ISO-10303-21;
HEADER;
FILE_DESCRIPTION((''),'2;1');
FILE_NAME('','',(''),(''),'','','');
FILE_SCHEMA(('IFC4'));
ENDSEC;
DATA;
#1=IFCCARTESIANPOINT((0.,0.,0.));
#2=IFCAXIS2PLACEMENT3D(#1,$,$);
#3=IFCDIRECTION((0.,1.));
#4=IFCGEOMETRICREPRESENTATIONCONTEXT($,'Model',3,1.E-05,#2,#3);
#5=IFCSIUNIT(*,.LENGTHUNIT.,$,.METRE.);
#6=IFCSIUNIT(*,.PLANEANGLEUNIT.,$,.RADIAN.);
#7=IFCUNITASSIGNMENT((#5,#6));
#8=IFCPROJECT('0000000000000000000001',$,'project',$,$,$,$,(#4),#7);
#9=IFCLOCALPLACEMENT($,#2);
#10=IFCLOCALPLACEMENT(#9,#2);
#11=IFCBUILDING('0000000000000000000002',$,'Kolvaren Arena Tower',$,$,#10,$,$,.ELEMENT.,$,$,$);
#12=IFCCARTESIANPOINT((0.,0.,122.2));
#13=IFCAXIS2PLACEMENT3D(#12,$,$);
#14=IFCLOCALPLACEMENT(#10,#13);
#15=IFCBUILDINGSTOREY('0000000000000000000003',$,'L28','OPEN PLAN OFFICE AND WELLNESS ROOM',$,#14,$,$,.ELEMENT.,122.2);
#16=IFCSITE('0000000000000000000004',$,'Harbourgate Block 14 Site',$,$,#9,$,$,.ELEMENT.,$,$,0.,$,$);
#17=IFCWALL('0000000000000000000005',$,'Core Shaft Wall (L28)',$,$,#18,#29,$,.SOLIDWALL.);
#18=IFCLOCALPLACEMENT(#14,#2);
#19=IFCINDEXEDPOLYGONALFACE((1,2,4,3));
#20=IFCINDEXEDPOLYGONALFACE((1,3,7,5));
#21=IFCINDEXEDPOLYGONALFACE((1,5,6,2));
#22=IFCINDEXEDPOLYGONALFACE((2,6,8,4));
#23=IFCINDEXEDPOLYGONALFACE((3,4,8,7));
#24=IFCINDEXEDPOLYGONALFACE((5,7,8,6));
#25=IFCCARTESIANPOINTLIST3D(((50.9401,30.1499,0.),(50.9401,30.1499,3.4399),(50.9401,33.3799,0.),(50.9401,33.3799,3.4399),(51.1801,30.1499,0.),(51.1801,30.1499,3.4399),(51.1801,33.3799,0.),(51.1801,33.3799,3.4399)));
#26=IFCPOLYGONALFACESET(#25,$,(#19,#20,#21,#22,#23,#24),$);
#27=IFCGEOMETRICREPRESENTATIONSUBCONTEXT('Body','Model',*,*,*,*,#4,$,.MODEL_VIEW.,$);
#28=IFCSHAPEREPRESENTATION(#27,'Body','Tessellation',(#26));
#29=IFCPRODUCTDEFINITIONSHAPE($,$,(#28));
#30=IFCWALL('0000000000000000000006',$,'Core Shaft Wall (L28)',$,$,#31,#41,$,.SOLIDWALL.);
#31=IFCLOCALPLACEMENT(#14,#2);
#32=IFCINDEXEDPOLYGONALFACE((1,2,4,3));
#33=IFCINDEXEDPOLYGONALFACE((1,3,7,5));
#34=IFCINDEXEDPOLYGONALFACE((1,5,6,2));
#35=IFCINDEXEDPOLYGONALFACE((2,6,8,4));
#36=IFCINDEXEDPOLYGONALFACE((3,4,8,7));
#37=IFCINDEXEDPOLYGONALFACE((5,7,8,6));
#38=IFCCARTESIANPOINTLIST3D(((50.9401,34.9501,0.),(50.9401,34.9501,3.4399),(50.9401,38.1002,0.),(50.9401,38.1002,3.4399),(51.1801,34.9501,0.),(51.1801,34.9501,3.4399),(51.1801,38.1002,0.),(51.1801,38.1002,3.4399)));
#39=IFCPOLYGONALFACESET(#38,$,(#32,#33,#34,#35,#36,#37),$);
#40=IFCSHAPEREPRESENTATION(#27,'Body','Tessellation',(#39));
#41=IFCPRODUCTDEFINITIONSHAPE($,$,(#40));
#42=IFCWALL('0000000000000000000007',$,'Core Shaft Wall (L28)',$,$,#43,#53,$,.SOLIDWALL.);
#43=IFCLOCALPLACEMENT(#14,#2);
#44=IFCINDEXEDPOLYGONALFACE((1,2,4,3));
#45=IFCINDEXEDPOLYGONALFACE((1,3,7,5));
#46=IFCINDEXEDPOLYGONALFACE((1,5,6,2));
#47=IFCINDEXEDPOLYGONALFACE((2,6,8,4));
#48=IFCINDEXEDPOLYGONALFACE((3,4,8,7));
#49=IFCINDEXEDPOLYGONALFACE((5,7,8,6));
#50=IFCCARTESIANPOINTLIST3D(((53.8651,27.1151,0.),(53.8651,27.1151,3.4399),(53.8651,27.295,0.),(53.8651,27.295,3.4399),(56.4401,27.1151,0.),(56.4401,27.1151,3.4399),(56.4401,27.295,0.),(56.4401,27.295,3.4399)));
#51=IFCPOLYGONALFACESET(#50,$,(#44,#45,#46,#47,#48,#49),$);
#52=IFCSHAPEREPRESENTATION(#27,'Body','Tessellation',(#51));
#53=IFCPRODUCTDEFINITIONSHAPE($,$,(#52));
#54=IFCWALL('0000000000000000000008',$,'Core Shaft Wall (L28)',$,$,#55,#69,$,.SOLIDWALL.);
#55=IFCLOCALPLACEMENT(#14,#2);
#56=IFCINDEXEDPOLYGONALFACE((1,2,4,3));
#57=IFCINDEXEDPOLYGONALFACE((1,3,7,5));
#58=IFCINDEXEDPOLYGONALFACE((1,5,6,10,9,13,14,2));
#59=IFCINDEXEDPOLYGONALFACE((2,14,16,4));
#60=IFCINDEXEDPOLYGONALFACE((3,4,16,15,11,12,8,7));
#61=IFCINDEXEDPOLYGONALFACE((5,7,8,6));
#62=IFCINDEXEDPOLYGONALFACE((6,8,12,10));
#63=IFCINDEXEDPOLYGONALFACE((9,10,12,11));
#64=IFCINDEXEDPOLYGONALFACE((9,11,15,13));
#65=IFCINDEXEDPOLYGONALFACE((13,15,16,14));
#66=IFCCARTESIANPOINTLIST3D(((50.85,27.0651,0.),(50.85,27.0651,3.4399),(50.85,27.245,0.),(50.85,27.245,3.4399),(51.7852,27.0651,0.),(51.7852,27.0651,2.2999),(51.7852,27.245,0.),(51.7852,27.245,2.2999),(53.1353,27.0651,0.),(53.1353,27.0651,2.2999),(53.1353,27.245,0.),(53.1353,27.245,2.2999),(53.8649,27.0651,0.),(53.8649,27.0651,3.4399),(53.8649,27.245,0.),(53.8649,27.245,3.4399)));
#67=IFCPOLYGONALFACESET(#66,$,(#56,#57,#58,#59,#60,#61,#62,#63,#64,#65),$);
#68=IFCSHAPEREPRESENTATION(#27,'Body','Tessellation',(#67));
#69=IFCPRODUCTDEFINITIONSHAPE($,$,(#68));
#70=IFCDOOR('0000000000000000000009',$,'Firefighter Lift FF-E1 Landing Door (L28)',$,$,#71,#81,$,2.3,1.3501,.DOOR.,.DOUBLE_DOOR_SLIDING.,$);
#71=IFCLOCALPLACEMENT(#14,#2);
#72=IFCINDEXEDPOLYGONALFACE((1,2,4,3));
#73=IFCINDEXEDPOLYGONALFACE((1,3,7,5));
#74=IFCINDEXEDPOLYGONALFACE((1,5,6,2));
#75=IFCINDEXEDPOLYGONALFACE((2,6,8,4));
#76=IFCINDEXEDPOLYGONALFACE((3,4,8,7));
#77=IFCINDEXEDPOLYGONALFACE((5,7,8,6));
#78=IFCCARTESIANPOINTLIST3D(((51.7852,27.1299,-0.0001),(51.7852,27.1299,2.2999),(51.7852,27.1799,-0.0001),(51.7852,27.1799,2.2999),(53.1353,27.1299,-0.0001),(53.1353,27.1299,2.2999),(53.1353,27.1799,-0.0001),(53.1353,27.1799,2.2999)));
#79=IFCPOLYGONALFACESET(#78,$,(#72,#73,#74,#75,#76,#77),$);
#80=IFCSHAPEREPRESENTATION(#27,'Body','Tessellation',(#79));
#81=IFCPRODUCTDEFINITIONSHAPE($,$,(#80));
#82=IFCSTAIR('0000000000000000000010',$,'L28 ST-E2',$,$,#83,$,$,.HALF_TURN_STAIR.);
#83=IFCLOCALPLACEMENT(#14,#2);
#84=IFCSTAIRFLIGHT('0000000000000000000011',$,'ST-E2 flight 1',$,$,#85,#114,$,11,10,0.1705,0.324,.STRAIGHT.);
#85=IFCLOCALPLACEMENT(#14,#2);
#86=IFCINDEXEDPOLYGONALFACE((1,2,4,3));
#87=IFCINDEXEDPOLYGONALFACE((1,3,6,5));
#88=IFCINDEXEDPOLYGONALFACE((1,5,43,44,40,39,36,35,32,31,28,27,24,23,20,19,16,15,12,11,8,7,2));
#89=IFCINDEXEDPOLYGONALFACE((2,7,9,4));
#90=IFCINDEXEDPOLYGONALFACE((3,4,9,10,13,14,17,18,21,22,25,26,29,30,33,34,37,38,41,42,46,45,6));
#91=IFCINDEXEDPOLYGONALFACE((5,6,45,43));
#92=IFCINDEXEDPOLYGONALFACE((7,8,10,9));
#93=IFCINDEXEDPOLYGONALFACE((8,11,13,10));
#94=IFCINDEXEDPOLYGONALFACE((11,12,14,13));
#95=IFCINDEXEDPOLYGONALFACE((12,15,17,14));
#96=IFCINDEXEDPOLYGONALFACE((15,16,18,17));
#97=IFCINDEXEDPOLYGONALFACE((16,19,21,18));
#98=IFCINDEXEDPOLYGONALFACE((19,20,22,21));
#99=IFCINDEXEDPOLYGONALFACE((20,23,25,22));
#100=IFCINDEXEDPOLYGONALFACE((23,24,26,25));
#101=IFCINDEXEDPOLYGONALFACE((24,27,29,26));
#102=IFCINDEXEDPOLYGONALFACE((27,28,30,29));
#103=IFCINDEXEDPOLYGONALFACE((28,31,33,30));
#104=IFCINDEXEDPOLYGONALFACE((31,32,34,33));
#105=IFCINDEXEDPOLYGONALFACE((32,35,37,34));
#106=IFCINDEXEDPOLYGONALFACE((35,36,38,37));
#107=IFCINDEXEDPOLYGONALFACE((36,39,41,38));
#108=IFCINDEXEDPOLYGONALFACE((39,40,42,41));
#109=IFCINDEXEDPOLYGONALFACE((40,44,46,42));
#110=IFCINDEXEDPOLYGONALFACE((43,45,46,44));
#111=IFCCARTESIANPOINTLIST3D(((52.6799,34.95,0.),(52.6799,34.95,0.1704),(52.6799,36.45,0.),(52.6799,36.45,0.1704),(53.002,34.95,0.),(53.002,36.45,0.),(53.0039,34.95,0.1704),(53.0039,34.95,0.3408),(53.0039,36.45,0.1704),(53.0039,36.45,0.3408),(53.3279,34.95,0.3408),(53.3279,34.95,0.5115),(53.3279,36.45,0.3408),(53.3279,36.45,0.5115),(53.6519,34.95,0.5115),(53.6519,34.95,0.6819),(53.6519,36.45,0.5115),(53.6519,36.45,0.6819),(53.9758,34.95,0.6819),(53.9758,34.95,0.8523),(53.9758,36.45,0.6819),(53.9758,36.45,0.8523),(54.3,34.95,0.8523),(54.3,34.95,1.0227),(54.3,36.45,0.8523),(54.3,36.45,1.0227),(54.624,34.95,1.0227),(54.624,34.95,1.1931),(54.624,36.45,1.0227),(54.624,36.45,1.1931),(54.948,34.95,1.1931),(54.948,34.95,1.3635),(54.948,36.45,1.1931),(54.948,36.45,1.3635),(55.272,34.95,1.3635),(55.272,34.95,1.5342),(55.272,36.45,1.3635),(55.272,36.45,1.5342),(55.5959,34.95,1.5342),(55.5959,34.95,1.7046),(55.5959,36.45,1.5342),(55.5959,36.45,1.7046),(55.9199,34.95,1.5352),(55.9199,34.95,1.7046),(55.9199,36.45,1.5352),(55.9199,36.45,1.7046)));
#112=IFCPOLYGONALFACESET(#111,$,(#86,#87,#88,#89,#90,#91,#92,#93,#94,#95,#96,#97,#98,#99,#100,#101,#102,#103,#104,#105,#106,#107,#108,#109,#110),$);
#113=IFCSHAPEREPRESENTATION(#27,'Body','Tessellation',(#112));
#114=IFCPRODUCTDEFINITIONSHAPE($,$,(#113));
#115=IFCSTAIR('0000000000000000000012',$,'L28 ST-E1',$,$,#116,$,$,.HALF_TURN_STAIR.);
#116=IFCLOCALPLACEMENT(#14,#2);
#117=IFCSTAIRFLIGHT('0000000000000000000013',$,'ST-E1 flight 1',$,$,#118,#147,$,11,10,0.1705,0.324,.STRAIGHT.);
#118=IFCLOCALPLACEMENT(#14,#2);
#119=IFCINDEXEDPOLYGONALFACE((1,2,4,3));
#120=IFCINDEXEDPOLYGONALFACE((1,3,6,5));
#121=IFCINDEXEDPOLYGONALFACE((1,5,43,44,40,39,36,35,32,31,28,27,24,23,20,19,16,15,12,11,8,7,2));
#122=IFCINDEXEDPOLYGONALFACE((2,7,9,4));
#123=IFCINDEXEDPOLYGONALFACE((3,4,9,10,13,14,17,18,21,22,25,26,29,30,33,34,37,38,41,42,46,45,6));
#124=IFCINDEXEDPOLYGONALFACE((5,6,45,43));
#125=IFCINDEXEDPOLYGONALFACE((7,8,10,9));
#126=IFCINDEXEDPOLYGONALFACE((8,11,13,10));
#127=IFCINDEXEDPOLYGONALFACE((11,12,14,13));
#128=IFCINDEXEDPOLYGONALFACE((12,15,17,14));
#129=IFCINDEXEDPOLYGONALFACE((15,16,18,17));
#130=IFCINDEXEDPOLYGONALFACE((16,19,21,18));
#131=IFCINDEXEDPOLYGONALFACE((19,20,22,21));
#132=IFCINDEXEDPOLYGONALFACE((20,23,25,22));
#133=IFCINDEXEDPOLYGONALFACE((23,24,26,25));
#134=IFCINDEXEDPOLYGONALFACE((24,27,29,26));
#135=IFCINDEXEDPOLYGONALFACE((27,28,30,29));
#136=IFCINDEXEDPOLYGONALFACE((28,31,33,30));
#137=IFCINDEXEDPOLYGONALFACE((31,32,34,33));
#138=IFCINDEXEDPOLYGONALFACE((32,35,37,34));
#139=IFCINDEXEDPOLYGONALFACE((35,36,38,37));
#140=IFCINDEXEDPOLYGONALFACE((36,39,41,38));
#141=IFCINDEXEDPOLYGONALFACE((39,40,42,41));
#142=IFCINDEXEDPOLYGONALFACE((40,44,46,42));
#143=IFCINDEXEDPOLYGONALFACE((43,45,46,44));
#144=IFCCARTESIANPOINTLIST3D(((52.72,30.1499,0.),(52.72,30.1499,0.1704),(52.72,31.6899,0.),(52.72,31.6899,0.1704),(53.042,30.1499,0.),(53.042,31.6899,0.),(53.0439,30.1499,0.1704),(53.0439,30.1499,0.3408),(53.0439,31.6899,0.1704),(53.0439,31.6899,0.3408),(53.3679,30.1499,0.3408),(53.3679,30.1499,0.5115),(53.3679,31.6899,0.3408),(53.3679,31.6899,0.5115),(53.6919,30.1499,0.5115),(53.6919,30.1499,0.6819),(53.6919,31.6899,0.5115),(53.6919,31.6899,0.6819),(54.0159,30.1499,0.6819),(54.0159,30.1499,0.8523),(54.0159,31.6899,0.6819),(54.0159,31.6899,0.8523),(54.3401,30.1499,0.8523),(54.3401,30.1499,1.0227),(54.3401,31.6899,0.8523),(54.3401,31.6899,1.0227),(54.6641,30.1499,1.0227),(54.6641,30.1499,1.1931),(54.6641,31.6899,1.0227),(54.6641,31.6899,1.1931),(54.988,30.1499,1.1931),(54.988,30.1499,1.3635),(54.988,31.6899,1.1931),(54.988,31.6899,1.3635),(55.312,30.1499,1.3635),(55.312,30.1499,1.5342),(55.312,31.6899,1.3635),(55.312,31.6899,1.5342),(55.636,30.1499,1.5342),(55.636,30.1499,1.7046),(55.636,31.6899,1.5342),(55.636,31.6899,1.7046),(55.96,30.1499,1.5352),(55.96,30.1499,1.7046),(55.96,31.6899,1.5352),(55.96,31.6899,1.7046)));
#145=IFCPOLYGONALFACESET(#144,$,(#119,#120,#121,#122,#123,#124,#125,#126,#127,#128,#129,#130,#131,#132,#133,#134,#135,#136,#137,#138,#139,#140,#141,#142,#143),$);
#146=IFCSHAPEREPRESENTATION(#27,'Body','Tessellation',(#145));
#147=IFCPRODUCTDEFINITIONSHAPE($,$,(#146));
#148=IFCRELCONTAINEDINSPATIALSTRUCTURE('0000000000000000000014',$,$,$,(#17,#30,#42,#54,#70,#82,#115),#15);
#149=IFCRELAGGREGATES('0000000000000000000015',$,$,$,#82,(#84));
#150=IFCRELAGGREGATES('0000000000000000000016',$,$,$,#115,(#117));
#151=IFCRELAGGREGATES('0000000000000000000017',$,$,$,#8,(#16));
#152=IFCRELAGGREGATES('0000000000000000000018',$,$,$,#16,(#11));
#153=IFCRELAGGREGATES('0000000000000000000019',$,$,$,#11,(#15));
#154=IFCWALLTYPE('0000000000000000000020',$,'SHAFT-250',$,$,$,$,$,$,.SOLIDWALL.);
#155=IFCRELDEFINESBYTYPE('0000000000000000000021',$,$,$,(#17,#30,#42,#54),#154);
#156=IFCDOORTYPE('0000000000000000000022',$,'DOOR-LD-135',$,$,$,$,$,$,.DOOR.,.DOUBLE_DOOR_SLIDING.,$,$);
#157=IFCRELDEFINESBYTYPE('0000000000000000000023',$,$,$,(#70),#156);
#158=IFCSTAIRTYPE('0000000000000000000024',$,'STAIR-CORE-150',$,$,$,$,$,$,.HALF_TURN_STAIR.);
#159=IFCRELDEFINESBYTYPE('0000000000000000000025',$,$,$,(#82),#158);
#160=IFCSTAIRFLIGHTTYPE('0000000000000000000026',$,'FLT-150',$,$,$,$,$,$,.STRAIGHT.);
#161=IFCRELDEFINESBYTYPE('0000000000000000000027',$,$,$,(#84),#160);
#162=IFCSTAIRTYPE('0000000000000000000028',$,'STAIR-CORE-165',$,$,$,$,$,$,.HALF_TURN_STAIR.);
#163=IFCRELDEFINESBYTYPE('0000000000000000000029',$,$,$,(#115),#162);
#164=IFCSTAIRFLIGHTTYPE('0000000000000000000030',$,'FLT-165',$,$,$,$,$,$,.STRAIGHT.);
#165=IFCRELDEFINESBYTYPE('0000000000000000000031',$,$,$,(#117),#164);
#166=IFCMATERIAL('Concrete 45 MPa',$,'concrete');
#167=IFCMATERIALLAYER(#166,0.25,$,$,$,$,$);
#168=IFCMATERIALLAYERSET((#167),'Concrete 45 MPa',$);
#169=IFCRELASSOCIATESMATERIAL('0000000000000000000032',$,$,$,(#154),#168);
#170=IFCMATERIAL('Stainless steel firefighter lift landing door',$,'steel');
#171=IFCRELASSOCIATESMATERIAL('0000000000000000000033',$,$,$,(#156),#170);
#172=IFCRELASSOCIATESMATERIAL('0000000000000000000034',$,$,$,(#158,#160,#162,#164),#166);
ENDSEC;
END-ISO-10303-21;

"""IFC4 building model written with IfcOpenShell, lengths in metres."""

from ifc_helpers import new_model, si_unit, direction, frame, frame_2d, origin, place, context, subcontext, project, spatial, polyline, rectangle, outline, extrude, material, layer, layer_set, type_object, element, fill, aggregate, save


model = new_model("IFC4")

# Units and contexts
model_context = context("Model", 3, precision=1e-05, world=origin(), true_north=direction((0.0, 1.0)))
body_context = subcontext(model_context, "Body", "Model", "MODEL_VIEW")
ifc_project = project(units=[si_unit("LENGTHUNIT", "METRE"), si_unit("PLANEANGLEUNIT", "RADIAN")], contexts=[model_context])

# Site, building, storey
site_placement = place(None, origin())
site = spatial("IfcSite", under=ifc_project, at=site_placement, Name="Harbourgate Block 14 Site", CompositionType="ELEMENT", RefElevation=0.0)
building_placement = place(site_placement, origin())
building = spatial("IfcBuilding", under=site, at=building_placement, Name="Kolvaren Arena Tower", CompositionType="ELEMENT")
storey_placement = place(building_placement, frame((0.0, 0.0, 122.2)))
storey = spatial("IfcBuildingStorey", under=building, at=storey_placement, Name="L28", Description="OPEN PLAN OFFICE AND WELLNESS ROOM", CompositionType="ELEMENT", Elevation=122.2)

# Walls
ifc_material_1 = material(Name="Concrete 45 MPa", Category="concrete")
ifc_layer_1 = layer(ifc_material_1, 0.25)
ifc_layer_set_1 = layer_set([ifc_layer_1], Name="Concrete 45 MPa")
wall_type_1 = type_object("IfcWallType", Name="SHAFT-250", PredefinedType="SOLIDWALL", material=ifc_layer_set_1)
wall_1_placement = place(storey_placement, frame((51.0601, 30.1499, 0.0), z_axis=(0.0, 0.0, 1.0), x_axis=(0.0, 1.0, 0.0)))
element("IfcWall", 1, at=wall_1_placement, inside=storey, type_object=wall_type_1, Name="Core Shaft Wall (L28)", PredefinedType="SOLIDWALL", context=body_context, shape_type="SweptSolid", body=[
    extrude(rectangle(XDim=3.23, YDim=0.24, at=frame_2d((1.615, 0.0))), origin(), (0.0, 0.0, 1.0), 3.4399),
])
wall_2_placement = place(storey_placement, frame((51.0601, 34.95, 0.0), z_axis=(0.0, 0.0, 1.0), x_axis=(0.0, 1.0, 0.0)))
element("IfcWall", 2, at=wall_2_placement, inside=storey, type_object=wall_type_1, Name="Core Shaft Wall (L28)", PredefinedType="SOLIDWALL", context=body_context, shape_type="SweptSolid", body=[
    extrude(rectangle(XDim=3.1501, YDim=0.24, at=frame_2d((1.5752, 0.0))), origin(), (0.0, 0.0, 1.0), 3.4399),
])
wall_3_placement = place(storey_placement, frame((53.865, 27.2051, 0.0), z_axis=(0.0, 0.0, 1.0), x_axis=(1.0, 0.0, 0.0)))
element("IfcWall", 3, at=wall_3_placement, inside=storey, type_object=wall_type_1, Name="Core Shaft Wall (L28)", PredefinedType="SOLIDWALL", context=body_context, shape_type="SweptSolid", body=[
    extrude(rectangle(XDim=2.575, YDim=0.1799, at=frame_2d((1.2876, 0.0))), origin(), (0.0, 0.0, 1.0), 3.4399),
])

# Wall, opening, door
wall_4_placement = place(storey_placement, frame((50.8501, 27.155, 0.0), z_axis=(0.0, 0.0, 1.0), x_axis=(1.0, 0.0, 0.0)))
wall_4 = element("IfcWall", 4, at=wall_4_placement, inside=storey, type_object=wall_type_1, Name="Core Shaft Wall (L28)", PredefinedType="SOLIDWALL", context=body_context, shape_type="SweptSolid", body=[
    extrude(rectangle(XDim=3.0149, YDim=0.1799, at=frame_2d((1.5073, 0.0))), origin(), (0.0, 0.0, 1.0), 3.4399),
])
opening_placement = place(wall_4_placement, frame((0.9351, 0.0, 0.0)))
opening = element("IfcOpeningElement", 5, at=opening_placement, cuts=wall_4, PredefinedType="OPENING", context=body_context, shape_type="SweptSolid", body=[
    extrude(rectangle(XDim=1.3501, YDim=2.3, at=frame_2d((0.675, 1.1499))), frame((0.0, 0.0999, 0.0), z_axis=(0.0, -1.0, 0.0), x_axis=(1.0, 0.0, 0.0)), (0.0, 0.0, 1.0), 0.2),
])
ifc_material_2 = material(Name="Stainless steel firefighter lift landing door", Category="steel")
door_type = type_object("IfcDoorType", Name="DOOR-LD-135", OperationType="DOUBLE_DOOR_SLIDING", PredefinedType="DOOR", material=ifc_material_2)
door_placement = place(opening_placement, origin())
door = element("IfcDoor", 6, at=door_placement, inside=storey, type_object=door_type, Name="Firefighter Lift FF-E1 Landing Door (L28)", OperationType="DOUBLE_DOOR_SLIDING", OverallHeight=2.3, OverallWidth=1.3501, PredefinedType="DOOR", context=body_context, shape_type="SweptSolid", body=[
    extrude(rectangle(XDim=1.3501, YDim=2.3, at=frame_2d((0.675, 1.1499))), frame((0.0, 0.0249, 0.0), z_axis=(0.0, -1.0, 0.0), x_axis=(1.0, 0.0, 0.0)), (0.0, 0.0, 1.0), 0.05),
])
fill(opening, door)

# Stairs, stair flights
stair_type_1 = type_object("IfcStairType", Name="STAIR-CORE-150", PredefinedType="HALF_TURN_STAIR", material=ifc_material_1)
stair_1_placement = place(storey_placement, origin())
stair_1 = element("IfcStair", 7, at=stair_1_placement, inside=storey, type_object=stair_type_1, Name="L28 ST-E2", PredefinedType="HALF_TURN_STAIR")
stair_flight_type_1 = type_object("IfcStairFlightType", Name="FLT-150", PredefinedType="STRAIGHT", material=ifc_material_1)
stair_flight_1_placement = place(storey_placement, frame((52.6799, 35.7, 0.0), z_axis=(0.0, 0.0, 1.0), x_axis=(1.0, 0.0, 0.0)))
stair_flight_1 = element("IfcStairFlight", 8, at=stair_flight_1_placement, type_object=stair_flight_type_1, Name="ST-E2 flight 1", NumberOfRisers=11, NumberOfTreads=10, PredefinedType="STRAIGHT", RiserHeight=0.1705, TreadLength=0.324, context=body_context, shape_type="SweptSolid", body=[
    extrude(outline(polyline([(0.0, 0.0), (0.0, 0.1704), (0.324, 0.1704), (0.324, 0.3408), (0.6479, 0.3408), (0.6479, 0.5115), (0.9719, 0.5115), (0.9719, 0.6819), (1.2959, 0.6819), (1.2959, 0.8523), (1.6201, 0.8523), (1.6201, 1.0227), (1.9441, 1.0227), (1.9441, 1.1931), (2.2681, 1.1931), (2.2681, 1.3635), (2.592, 1.3635), (2.592, 1.5342), (2.916, 1.5342), (2.916, 1.7046), (3.24, 1.7046), (3.24, 1.875), (3.24, 1.5352), (0.322, 0.0), (0.0, 0.0)])), frame((0.0, 0.75, 0.0), z_axis=(0.0, -1.0, 0.0), x_axis=(1.0, 0.0, 0.0)), (0.0, 0.0, 1.0), 1.5),
])
aggregate(stair_1, [stair_flight_1])
stair_type_2 = type_object("IfcStairType", Name="STAIR-CORE-165", PredefinedType="HALF_TURN_STAIR", material=ifc_material_1)
stair_2_placement = place(storey_placement, origin())
stair_2 = element("IfcStair", 9, at=stair_2_placement, inside=storey, type_object=stair_type_2, Name="L28 ST-E1", PredefinedType="HALF_TURN_STAIR")
stair_flight_type_2 = type_object("IfcStairFlightType", Name="FLT-165", PredefinedType="STRAIGHT", material=ifc_material_1)
stair_flight_2_placement = place(storey_placement, frame((52.72, 30.9199, 0.0), z_axis=(0.0, 0.0, 1.0), x_axis=(1.0, 0.0, 0.0)))
stair_flight_2 = element("IfcStairFlight", 10, at=stair_flight_2_placement, type_object=stair_flight_type_2, Name="ST-E1 flight 1", NumberOfRisers=11, NumberOfTreads=10, PredefinedType="STRAIGHT", RiserHeight=0.1705, TreadLength=0.324, context=body_context, shape_type="SweptSolid", body=[
    extrude(outline(polyline([(0.0, 0.0), (0.0, 0.1704), (0.324, 0.1704), (0.324, 0.3408), (0.6479, 0.3408), (0.6479, 0.5115), (0.9719, 0.5115), (0.9719, 0.6819), (1.2959, 0.6819), (1.2959, 0.8523), (1.6201, 0.8523), (1.6201, 1.0227), (1.9441, 1.0227), (1.9441, 1.1931), (2.2681, 1.1931), (2.2681, 1.3635), (2.592, 1.3635), (2.592, 1.5342), (2.916, 1.5342), (2.916, 1.7046), (3.24, 1.7046), (3.24, 1.875), (3.24, 1.5352), (0.322, 0.0), (0.0, 0.0)])), frame((0.0, 0.77, 0.0), z_axis=(0.0, -1.0, 0.0), x_axis=(1.0, 0.0, 0.0)), (0.0, 0.0, 1.0), 1.54),
])
aggregate(stair_2, [stair_flight_2])

save(model, "model.ifc")
